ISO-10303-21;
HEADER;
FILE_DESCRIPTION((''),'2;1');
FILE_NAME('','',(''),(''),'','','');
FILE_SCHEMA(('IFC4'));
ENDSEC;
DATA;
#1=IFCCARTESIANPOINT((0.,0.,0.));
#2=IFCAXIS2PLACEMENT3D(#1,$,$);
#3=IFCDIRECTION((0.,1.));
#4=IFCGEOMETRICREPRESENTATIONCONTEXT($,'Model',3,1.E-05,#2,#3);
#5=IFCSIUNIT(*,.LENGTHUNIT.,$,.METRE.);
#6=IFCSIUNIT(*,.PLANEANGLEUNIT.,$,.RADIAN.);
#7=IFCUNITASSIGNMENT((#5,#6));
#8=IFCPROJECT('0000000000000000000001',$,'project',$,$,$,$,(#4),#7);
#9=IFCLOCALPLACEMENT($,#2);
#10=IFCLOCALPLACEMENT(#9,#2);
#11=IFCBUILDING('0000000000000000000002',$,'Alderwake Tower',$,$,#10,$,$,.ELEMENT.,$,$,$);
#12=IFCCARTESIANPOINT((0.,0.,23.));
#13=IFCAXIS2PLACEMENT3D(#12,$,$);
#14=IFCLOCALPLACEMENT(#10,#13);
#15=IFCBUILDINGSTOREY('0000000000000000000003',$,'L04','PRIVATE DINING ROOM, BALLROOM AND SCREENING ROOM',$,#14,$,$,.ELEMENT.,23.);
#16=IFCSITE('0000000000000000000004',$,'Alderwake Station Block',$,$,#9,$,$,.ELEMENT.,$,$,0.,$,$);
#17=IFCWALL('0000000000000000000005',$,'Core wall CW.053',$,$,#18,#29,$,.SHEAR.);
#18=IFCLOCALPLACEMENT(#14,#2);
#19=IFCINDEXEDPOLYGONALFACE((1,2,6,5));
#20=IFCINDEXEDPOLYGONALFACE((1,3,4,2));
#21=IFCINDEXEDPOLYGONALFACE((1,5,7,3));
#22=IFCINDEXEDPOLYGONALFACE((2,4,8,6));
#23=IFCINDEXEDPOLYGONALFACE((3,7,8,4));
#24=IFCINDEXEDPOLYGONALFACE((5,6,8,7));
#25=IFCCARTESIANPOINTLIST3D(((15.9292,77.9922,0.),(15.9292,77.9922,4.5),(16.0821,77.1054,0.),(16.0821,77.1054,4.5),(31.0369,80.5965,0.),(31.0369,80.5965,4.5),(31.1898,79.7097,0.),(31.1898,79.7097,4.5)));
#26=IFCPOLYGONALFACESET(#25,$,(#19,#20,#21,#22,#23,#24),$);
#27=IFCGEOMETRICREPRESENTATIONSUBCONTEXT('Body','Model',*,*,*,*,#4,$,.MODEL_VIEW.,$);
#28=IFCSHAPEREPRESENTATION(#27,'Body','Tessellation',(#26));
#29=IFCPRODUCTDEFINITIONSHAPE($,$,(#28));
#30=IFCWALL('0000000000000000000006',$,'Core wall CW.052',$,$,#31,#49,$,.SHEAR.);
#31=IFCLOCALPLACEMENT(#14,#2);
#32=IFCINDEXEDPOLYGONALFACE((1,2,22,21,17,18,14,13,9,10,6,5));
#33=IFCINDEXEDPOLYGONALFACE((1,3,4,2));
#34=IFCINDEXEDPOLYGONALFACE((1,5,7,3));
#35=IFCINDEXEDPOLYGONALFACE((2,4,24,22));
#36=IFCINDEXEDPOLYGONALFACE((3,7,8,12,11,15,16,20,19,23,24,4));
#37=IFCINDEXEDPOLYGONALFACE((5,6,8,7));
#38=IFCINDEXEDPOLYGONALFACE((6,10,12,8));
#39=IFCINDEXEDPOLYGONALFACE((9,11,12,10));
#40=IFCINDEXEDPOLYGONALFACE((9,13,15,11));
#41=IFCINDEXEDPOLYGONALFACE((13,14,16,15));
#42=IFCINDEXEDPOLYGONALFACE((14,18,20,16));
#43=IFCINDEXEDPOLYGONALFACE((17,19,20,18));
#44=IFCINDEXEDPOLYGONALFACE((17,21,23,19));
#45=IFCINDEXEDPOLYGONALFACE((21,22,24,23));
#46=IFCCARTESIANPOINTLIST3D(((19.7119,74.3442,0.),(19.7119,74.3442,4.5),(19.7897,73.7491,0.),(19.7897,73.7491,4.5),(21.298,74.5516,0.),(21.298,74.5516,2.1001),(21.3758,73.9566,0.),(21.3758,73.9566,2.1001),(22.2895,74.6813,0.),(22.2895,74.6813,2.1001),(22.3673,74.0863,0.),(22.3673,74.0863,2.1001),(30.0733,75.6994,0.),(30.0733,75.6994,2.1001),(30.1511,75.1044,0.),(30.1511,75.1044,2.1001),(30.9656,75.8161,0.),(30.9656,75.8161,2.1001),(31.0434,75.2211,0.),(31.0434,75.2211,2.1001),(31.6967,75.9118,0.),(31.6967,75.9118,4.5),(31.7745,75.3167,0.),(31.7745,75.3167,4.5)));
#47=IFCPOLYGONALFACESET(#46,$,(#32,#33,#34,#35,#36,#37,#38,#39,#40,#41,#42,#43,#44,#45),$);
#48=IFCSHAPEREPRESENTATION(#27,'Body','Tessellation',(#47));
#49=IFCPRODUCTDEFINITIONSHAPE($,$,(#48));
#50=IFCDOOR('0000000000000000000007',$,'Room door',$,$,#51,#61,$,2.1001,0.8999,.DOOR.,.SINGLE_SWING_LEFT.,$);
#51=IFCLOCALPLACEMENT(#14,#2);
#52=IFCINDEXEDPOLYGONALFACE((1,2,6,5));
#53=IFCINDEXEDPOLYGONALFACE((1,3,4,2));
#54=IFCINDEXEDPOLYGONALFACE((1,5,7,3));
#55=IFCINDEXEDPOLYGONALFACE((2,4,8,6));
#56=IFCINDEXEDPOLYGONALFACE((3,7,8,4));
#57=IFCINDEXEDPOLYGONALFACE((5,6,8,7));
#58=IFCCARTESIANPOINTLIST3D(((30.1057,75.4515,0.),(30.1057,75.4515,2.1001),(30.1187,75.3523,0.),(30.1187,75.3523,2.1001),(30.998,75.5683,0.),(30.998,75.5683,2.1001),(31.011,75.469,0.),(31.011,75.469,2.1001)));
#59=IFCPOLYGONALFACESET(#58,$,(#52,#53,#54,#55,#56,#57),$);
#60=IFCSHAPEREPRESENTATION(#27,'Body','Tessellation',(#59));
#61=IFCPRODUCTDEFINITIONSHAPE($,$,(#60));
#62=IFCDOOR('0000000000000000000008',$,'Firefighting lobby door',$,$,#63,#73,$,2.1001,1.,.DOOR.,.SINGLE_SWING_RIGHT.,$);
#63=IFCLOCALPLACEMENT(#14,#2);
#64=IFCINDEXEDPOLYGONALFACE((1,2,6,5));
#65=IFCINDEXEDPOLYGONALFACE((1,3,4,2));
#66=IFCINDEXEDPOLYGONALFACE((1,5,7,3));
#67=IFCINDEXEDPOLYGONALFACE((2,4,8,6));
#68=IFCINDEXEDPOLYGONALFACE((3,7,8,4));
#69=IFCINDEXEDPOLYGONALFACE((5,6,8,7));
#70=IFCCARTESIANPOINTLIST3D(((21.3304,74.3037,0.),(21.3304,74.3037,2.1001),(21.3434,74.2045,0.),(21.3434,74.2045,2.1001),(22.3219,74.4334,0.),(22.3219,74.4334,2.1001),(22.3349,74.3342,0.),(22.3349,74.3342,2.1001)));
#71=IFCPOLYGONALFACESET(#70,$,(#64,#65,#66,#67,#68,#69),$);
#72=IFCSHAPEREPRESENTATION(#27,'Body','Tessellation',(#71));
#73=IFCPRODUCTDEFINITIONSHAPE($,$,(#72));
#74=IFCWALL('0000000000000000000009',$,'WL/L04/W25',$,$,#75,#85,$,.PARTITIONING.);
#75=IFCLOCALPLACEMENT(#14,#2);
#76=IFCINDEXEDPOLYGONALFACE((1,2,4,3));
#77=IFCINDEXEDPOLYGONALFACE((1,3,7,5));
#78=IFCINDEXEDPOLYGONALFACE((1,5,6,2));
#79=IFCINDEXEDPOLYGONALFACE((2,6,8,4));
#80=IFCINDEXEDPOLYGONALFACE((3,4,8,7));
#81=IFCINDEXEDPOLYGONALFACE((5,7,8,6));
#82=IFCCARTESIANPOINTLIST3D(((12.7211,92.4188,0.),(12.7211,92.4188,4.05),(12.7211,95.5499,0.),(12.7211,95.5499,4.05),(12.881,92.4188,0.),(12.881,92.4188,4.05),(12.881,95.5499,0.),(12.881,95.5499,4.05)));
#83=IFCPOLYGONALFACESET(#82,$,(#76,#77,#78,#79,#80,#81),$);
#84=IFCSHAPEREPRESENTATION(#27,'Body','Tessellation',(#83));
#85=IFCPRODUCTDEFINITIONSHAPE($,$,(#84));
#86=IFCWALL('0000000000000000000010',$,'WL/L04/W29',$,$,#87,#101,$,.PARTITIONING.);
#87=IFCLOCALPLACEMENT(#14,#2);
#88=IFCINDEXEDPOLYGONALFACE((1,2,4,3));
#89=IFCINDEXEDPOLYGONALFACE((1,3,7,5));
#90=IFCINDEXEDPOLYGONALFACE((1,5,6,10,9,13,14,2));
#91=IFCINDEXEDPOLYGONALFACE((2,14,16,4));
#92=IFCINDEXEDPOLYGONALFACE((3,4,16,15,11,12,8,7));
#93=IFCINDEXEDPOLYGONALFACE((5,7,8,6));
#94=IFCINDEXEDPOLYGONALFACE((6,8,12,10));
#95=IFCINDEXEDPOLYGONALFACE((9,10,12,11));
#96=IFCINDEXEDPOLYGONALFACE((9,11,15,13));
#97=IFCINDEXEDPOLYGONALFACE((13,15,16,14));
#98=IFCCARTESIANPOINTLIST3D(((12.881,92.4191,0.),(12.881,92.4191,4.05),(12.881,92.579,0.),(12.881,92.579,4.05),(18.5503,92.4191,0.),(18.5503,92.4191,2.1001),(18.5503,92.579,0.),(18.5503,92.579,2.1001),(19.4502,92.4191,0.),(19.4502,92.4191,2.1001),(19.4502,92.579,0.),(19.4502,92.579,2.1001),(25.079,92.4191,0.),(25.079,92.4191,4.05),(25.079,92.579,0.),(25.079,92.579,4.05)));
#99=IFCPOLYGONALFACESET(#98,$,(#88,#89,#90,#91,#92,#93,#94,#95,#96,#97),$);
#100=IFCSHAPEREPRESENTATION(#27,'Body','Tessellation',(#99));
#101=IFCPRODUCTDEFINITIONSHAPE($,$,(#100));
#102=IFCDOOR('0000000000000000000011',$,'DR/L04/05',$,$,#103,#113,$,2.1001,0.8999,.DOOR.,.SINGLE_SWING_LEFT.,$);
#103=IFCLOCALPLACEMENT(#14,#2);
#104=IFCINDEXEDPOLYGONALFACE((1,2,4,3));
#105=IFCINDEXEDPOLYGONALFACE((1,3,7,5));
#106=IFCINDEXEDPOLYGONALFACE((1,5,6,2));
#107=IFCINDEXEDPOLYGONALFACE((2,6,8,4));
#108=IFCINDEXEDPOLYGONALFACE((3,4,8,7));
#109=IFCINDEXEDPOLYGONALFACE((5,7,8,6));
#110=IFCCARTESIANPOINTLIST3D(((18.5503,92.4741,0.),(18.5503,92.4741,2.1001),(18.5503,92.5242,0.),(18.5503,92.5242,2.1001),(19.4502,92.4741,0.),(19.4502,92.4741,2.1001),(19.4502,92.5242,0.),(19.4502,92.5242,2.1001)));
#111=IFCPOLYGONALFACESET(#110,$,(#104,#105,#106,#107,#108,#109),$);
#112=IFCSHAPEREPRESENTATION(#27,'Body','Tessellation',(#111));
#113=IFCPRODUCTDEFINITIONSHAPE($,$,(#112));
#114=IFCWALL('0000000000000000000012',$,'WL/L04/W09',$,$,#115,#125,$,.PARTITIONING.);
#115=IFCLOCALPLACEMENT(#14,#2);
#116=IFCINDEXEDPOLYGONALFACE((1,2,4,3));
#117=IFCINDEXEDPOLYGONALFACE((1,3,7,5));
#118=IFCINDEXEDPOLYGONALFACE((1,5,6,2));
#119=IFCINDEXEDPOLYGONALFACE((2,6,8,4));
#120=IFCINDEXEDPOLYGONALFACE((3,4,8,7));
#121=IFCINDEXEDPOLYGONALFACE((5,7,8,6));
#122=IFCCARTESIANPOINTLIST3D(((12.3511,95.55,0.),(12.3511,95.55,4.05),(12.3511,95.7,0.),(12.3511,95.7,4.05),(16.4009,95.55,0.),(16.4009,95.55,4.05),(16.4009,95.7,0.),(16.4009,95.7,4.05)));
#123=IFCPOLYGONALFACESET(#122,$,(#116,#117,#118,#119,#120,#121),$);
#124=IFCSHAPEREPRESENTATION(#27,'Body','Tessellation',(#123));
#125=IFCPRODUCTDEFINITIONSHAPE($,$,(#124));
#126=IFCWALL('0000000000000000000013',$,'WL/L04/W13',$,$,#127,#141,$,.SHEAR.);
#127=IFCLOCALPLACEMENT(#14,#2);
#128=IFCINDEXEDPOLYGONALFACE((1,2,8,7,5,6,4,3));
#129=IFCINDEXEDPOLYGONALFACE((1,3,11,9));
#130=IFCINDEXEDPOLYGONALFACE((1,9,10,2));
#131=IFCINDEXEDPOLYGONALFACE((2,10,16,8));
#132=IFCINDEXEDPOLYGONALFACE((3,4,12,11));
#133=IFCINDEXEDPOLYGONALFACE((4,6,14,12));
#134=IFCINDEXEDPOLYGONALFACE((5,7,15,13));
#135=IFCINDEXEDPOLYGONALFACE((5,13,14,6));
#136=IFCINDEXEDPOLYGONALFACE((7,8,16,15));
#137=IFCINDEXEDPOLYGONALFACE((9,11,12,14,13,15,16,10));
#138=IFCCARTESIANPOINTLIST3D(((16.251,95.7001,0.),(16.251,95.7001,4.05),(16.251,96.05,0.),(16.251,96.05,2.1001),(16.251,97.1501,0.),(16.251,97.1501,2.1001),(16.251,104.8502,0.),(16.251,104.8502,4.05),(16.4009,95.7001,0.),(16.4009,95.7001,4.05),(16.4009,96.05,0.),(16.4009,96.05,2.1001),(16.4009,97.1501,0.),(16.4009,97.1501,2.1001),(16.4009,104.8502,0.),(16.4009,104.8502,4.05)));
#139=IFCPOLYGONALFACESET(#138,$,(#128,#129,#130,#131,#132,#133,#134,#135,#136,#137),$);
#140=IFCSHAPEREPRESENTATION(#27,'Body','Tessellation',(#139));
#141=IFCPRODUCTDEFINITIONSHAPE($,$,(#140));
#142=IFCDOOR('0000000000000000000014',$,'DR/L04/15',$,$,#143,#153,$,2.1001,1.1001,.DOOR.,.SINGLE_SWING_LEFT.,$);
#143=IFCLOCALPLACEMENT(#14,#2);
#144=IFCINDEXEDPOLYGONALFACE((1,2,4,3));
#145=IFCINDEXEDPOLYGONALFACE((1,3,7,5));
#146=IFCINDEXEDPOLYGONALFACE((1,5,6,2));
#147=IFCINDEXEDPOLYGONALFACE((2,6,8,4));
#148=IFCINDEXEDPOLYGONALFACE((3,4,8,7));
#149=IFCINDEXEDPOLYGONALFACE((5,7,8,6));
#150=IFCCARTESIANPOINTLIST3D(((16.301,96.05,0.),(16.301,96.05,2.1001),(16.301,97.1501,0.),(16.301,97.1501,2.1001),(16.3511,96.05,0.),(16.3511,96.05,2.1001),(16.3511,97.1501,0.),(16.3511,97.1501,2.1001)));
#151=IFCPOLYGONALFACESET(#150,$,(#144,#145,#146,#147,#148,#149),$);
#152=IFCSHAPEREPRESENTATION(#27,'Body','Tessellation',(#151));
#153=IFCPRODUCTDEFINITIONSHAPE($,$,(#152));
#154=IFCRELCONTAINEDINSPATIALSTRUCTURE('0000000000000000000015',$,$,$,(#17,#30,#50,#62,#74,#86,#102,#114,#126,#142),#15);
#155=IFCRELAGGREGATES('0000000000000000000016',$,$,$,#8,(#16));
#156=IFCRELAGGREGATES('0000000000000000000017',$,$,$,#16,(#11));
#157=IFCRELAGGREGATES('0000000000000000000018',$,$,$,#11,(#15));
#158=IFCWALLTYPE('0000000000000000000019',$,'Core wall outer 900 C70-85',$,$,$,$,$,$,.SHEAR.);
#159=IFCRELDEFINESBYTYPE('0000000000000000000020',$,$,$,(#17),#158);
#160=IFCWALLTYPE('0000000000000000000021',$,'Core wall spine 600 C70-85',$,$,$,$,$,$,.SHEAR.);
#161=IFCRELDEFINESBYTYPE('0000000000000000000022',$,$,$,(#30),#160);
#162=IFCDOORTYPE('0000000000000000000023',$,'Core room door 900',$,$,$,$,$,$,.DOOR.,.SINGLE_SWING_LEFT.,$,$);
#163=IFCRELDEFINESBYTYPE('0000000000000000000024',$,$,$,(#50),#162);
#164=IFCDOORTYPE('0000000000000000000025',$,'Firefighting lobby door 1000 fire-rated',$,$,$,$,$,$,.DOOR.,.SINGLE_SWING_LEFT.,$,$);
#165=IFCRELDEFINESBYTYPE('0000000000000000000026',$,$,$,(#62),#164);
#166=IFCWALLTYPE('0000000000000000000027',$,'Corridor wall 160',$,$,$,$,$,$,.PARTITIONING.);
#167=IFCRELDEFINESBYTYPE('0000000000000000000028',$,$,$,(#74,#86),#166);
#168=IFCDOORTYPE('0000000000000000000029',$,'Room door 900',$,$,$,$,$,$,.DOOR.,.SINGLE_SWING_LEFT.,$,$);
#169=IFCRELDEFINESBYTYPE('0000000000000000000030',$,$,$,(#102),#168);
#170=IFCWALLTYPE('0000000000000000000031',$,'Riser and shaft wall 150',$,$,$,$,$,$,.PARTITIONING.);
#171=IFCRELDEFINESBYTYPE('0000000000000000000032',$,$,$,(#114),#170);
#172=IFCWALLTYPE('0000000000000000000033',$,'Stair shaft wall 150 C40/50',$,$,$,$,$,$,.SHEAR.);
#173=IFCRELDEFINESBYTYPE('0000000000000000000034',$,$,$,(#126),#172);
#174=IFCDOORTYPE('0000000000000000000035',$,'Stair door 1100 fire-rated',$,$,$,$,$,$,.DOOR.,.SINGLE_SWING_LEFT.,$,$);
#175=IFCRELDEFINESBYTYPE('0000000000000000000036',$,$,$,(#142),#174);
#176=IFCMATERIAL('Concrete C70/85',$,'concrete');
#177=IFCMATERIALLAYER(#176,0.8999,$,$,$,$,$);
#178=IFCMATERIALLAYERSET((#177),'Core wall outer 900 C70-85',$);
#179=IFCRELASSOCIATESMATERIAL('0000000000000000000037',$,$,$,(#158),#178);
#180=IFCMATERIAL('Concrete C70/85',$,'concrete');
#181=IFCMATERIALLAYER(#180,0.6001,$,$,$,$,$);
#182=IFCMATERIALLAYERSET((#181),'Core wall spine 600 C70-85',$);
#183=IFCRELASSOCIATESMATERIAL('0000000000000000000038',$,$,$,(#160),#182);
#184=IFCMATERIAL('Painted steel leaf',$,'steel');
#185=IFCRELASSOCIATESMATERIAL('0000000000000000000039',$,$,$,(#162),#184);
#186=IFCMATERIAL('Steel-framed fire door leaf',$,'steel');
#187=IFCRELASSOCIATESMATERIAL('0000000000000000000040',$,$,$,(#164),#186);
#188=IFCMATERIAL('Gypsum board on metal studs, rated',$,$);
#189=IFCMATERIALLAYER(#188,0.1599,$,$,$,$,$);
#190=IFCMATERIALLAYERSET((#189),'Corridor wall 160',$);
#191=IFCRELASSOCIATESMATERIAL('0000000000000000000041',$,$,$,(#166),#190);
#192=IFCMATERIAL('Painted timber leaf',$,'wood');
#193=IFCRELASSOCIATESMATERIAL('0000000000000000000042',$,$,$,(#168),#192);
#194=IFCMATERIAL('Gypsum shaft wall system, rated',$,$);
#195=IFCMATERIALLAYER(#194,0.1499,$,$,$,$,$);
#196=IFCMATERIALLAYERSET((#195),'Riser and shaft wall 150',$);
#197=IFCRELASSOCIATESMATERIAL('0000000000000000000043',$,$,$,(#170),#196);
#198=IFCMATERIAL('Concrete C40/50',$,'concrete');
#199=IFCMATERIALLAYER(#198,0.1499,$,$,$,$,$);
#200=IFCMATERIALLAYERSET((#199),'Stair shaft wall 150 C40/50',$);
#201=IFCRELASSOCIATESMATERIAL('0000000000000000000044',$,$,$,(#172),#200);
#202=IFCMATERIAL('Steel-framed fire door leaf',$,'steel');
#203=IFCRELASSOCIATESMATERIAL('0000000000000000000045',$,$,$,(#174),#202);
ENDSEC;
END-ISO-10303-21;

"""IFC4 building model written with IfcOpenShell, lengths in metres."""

from ifc_helpers import new_model, si_unit, direction, frame, frame_2d, origin, place, context, subcontext, project, spatial, rectangle, extrude, material, layer, layer_set, type_object, element, fill, save


model = new_model("IFC4")

# Units and contexts
model_context = context("Model", 3, precision=1e-05, world=origin(), true_north=direction((0.0, 1.0)))
body_context = subcontext(model_context, "Body", "Model", "MODEL_VIEW")
ifc_project = project(units=[si_unit("LENGTHUNIT", "METRE"), si_unit("PLANEANGLEUNIT", "RADIAN")], contexts=[model_context])

# Site, building, storey
site_placement = place(None, origin())
site = spatial("IfcSite", under=ifc_project, at=site_placement, Name="Alderwake Station Block", CompositionType="ELEMENT", RefElevation=0.0)
building_placement = place(site_placement, origin())
building = spatial("IfcBuilding", under=site, at=building_placement, Name="Alderwake Tower", CompositionType="ELEMENT")
storey_placement = place(building_placement, frame((0.0, 0.0, 23.0)))
storey = spatial("IfcBuildingStorey", under=building, at=storey_placement, Name="L04", Description="PRIVATE DINING ROOM, BALLROOM AND SCREENING ROOM", CompositionType="ELEMENT", Elevation=23.0)

# Shared definitions
ifc_material_1 = material(Name="Concrete C70/85", Category="concrete")
ifc_layer_1 = layer(ifc_material_1, 0.8999)
ifc_layer_set_1 = layer_set([ifc_layer_1], Name="Core wall outer 900 C70-85")
wall_type_1 = type_object("IfcWallType", Name="Core wall outer 900 C70-85", PredefinedType="SHEAR", material=ifc_layer_set_1)

# Wall
wall_1_placement = place(storey_placement, frame((16.0056, 77.5488, 0.0), z_axis=(0.0, 0.0, 1.0), x_axis=(0.985466, 0.169874, 0.0)))
element("IfcWall", 1, at=wall_1_placement, inside=storey, type_object=wall_type_1, Name="Core wall CW.053", PredefinedType="SHEAR", context=body_context, shape_type="SweptSolid", body=[
    extrude(rectangle(XDim=15.3306, YDim=0.8999, at=frame_2d((7.6653, 0.0))), origin(), (0.0, 0.0, 1.0), 4.5),
])

# Wall, openings, doors
ifc_material_2 = material(Name="Concrete C70/85", Category="concrete")
ifc_layer_2 = layer(ifc_material_2, 0.6001)
ifc_layer_set_2 = layer_set([ifc_layer_2], Name="Core wall spine 600 C70-85")
wall_type_2 = type_object("IfcWallType", Name="Core wall spine 600 C70-85", PredefinedType="SHEAR", material=ifc_layer_set_2)
wall_2_placement = place(storey_placement, frame((31.7356, 75.6143, 0.0), z_axis=(0.0, 0.0, 1.0), x_axis=(-0.991554, -0.129696, 0.0)))
wall_2 = element("IfcWall", 2, at=wall_2_placement, inside=storey, type_object=wall_type_2, Name="Core wall CW.052", PredefinedType="SHEAR", context=body_context, shape_type="SweptSolid", body=[
    extrude(rectangle(XDim=12.0869, YDim=0.6001, at=frame_2d((6.0435, 0.0))), origin(), (0.0, 0.0, 1.0), 4.5),
])
opening_1_placement = place(wall_2_placement, frame((9.4873, 0.0, 0.0)))
opening_1 = element("IfcOpeningElement", 3, at=opening_1_placement, cuts=wall_2, PredefinedType="OPENING", context=body_context, shape_type="SweptSolid", body=[
    extrude(rectangle(XDim=1.0, YDim=2.1001, at=frame_2d((0.5, 1.05))), frame((0.0, 0.3101, 0.0), z_axis=(0.0, -1.0, 0.0), x_axis=(1.0, 0.0, 0.0)), (0.0, 0.0, 1.0), 0.6201),
])
opening_2_placement = place(wall_2_placement, frame((0.7373, 0.0, 0.0)))
opening_2 = element("IfcOpeningElement", 4, at=opening_2_placement, cuts=wall_2, PredefinedType="OPENING", context=body_context, shape_type="SweptSolid", body=[
    extrude(rectangle(XDim=0.8999, YDim=2.1001, at=frame_2d((0.45, 1.05))), frame((0.0, 0.3101, 0.0), z_axis=(0.0, -1.0, 0.0), x_axis=(1.0, 0.0, 0.0)), (0.0, 0.0, 1.0), 0.6201),
])
ifc_material_3 = material(Name="Painted steel leaf", Category="steel")
door_type_1 = type_object("IfcDoorType", Name="Core room door 900", OperationType="SINGLE_SWING_LEFT", PredefinedType="DOOR", material=ifc_material_3)
door_1_placement = place(opening_2_placement, origin())
door_1 = element("IfcDoor", 5, at=door_1_placement, inside=storey, type_object=door_type_1, Name="Room door", OperationType="SINGLE_SWING_LEFT", OverallHeight=2.1001, OverallWidth=0.8999, PredefinedType="DOOR", context=body_context, shape_type="SweptSolid", body=[
    extrude(rectangle(XDim=0.8999, YDim=2.1001, at=frame_2d((0.45, 1.05))), frame((0.0, 0.05, 0.0), z_axis=(0.0, -1.0, 0.0), x_axis=(1.0, 0.0, 0.0)), (0.0, 0.0, 1.0), 0.1001),
])
fill(opening_2, door_1)
ifc_material_4 = material(Name="Steel-framed fire door leaf", Category="steel")
door_type_2 = type_object("IfcDoorType", Name="Firefighting lobby door 1000 fire-rated", OperationType="SINGLE_SWING_LEFT", PredefinedType="DOOR", material=ifc_material_4)
door_2_placement = place(opening_1_placement, origin())
door_2 = element("IfcDoor", 6, at=door_2_placement, inside=storey, type_object=door_type_2, Name="Firefighting lobby door", OperationType="SINGLE_SWING_RIGHT", OverallHeight=2.1001, OverallWidth=1.0, PredefinedType="DOOR", context=body_context, shape_type="SweptSolid", body=[
    extrude(rectangle(XDim=1.0, YDim=2.1001, at=frame_2d((0.5, 1.05))), frame((0.0, 0.05, 0.0), z_axis=(0.0, -1.0, 0.0), x_axis=(1.0, 0.0, 0.0)), (0.0, 0.0, 1.0), 0.1001),
])
fill(opening_1, door_2)

# Wall
ifc_material_5 = material(Name="Gypsum board on metal studs, rated")
ifc_layer_3 = layer(ifc_material_5, 0.1599)
ifc_layer_set_3 = layer_set([ifc_layer_3], Name="Corridor wall 160")
wall_type_3 = type_object("IfcWallType", Name="Corridor wall 160", PredefinedType="PARTITIONING", material=ifc_layer_set_3)
wall_3_placement = place(storey_placement, frame((12.801, 92.4189, 0.0), z_axis=(0.0, 0.0, 1.0), x_axis=(0.0, 1.0, 0.0)))
element("IfcWall", 7, at=wall_3_placement, inside=storey, type_object=wall_type_3, Name="WL/L04/W25", PredefinedType="PARTITIONING", context=body_context, shape_type="SweptSolid", body=[
    extrude(rectangle(XDim=3.1311, YDim=0.1599, at=frame_2d((1.5654, 0.0))), origin(), (0.0, 0.0, 1.0), 4.05),
])

# Wall, opening, door
wall_4_placement = place(storey_placement, frame((25.0791, 92.499, 0.0), z_axis=(0.0, 0.0, 1.0), x_axis=(-1.0, 0.0, 0.0)))
wall_4 = element("IfcWall", 8, at=wall_4_placement, inside=storey, type_object=wall_type_3, Name="WL/L04/W29", PredefinedType="PARTITIONING", context=body_context, shape_type="SweptSolid", body=[
    extrude(rectangle(XDim=12.198, YDim=0.1599, at=frame_2d((6.0991, 0.0))), origin(), (0.0, 0.0, 1.0), 4.05),
])
opening_3_placement = place(wall_4_placement, frame((5.6289, 0.0, 0.0)))
opening_3 = element("IfcOpeningElement", 9, at=opening_3_placement, cuts=wall_4, PredefinedType="OPENING", context=body_context, shape_type="SweptSolid", body=[
    extrude(rectangle(XDim=0.8999, YDim=2.1001, at=frame_2d((0.45, 1.05))), frame((0.0, 0.0898, 0.0), z_axis=(0.0, -1.0, 0.0), x_axis=(1.0, 0.0, 0.0)), (0.0, 0.0, 1.0), 0.1799),
])
ifc_material_6 = material(Name="Painted timber leaf", Category="wood")
door_type_3 = type_object("IfcDoorType", Name="Room door 900", OperationType="SINGLE_SWING_LEFT", PredefinedType="DOOR", material=ifc_material_6)
door_3_placement = place(opening_3_placement, origin())
door_3 = element("IfcDoor", 10, at=door_3_placement, inside=storey, type_object=door_type_3, Name="DR/L04/05", OperationType="SINGLE_SWING_LEFT", OverallHeight=2.1001, OverallWidth=0.8999, PredefinedType="DOOR", context=body_context, shape_type="SweptSolid", body=[
    extrude(rectangle(XDim=0.8999, YDim=2.1001, at=frame_2d((0.45, 1.05))), frame((0.0, 0.0249, 0.0), z_axis=(0.0, -1.0, 0.0), x_axis=(1.0, 0.0, 0.0)), (0.0, 0.0, 1.0), 0.05),
])
fill(opening_3, door_3)

# Wall
ifc_material_7 = material(Name="Gypsum shaft wall system, rated")
ifc_layer_4 = layer(ifc_material_7, 0.1499)
ifc_layer_set_4 = layer_set([ifc_layer_4], Name="Riser and shaft wall 150")
wall_type_4 = type_object("IfcWallType", Name="Riser and shaft wall 150", PredefinedType="PARTITIONING", material=ifc_layer_set_4)
wall_5_placement = place(storey_placement, frame((12.3511, 95.625, 0.0), z_axis=(0.0, 0.0, 1.0), x_axis=(1.0, 0.0, 0.0)))
element("IfcWall", 11, at=wall_5_placement, inside=storey, type_object=wall_type_4, Name="WL/L04/W09", PredefinedType="PARTITIONING", context=body_context, shape_type="SweptSolid", body=[
    extrude(rectangle(XDim=4.0498, YDim=0.1499, at=frame_2d((2.0249, 0.0))), origin(), (0.0, 0.0, 1.0), 4.05),
])

# Wall, opening, door
ifc_material_8 = material(Name="Concrete C40/50", Category="concrete")
ifc_layer_5 = layer(ifc_material_8, 0.1499)
ifc_layer_set_5 = layer_set([ifc_layer_5], Name="Stair shaft wall 150 C40/50")
wall_type_5 = type_object("IfcWallType", Name="Stair shaft wall 150 C40/50", PredefinedType="SHEAR", material=ifc_layer_set_5)
wall_6_placement = place(storey_placement, frame((16.3259, 95.7, 0.0), z_axis=(0.0, 0.0, 1.0), x_axis=(0.0, 1.0, 0.0)))
wall_6 = element("IfcWall", 12, at=wall_6_placement, inside=storey, type_object=wall_type_5, Name="WL/L04/W13", PredefinedType="SHEAR", context=body_context, shape_type="SweptSolid", body=[
    extrude(rectangle(XDim=9.1501, YDim=0.1499, at=frame_2d((4.5752, 0.0))), origin(), (0.0, 0.0, 1.0), 4.05),
])
opening_4_placement = place(wall_6_placement, frame((0.3501, 0.0, 0.0)))
opening_4 = element("IfcOpeningElement", 13, at=opening_4_placement, cuts=wall_6, PredefinedType="OPENING", context=body_context, shape_type="SweptSolid", body=[
    extrude(rectangle(XDim=1.1001, YDim=2.1001, at=frame_2d((0.55, 1.05))), frame((0.0, 0.085, 0.0), z_axis=(0.0, -1.0, 0.0), x_axis=(1.0, 0.0, 0.0)), (0.0, 0.0, 1.0), 0.1699),
])
ifc_material_9 = material(Name="Steel-framed fire door leaf", Category="steel")
door_type_4 = type_object("IfcDoorType", Name="Stair door 1100 fire-rated", OperationType="SINGLE_SWING_LEFT", PredefinedType="DOOR", material=ifc_material_9)
door_4_placement = place(opening_4_placement, origin())
door_4 = element("IfcDoor", 14, at=door_4_placement, inside=storey, type_object=door_type_4, Name="DR/L04/15", OperationType="SINGLE_SWING_LEFT", OverallHeight=2.1001, OverallWidth=1.1001, PredefinedType="DOOR", context=body_context, shape_type="SweptSolid", body=[
    extrude(rectangle(XDim=1.1001, YDim=2.1001, at=frame_2d((0.55, 1.05))), frame((0.0, 0.0249, 0.0), z_axis=(0.0, -1.0, 0.0), x_axis=(1.0, 0.0, 0.0)), (0.0, 0.0, 1.0), 0.05),
])
fill(opening_4, door_4)

save(model, "model.ifc")
